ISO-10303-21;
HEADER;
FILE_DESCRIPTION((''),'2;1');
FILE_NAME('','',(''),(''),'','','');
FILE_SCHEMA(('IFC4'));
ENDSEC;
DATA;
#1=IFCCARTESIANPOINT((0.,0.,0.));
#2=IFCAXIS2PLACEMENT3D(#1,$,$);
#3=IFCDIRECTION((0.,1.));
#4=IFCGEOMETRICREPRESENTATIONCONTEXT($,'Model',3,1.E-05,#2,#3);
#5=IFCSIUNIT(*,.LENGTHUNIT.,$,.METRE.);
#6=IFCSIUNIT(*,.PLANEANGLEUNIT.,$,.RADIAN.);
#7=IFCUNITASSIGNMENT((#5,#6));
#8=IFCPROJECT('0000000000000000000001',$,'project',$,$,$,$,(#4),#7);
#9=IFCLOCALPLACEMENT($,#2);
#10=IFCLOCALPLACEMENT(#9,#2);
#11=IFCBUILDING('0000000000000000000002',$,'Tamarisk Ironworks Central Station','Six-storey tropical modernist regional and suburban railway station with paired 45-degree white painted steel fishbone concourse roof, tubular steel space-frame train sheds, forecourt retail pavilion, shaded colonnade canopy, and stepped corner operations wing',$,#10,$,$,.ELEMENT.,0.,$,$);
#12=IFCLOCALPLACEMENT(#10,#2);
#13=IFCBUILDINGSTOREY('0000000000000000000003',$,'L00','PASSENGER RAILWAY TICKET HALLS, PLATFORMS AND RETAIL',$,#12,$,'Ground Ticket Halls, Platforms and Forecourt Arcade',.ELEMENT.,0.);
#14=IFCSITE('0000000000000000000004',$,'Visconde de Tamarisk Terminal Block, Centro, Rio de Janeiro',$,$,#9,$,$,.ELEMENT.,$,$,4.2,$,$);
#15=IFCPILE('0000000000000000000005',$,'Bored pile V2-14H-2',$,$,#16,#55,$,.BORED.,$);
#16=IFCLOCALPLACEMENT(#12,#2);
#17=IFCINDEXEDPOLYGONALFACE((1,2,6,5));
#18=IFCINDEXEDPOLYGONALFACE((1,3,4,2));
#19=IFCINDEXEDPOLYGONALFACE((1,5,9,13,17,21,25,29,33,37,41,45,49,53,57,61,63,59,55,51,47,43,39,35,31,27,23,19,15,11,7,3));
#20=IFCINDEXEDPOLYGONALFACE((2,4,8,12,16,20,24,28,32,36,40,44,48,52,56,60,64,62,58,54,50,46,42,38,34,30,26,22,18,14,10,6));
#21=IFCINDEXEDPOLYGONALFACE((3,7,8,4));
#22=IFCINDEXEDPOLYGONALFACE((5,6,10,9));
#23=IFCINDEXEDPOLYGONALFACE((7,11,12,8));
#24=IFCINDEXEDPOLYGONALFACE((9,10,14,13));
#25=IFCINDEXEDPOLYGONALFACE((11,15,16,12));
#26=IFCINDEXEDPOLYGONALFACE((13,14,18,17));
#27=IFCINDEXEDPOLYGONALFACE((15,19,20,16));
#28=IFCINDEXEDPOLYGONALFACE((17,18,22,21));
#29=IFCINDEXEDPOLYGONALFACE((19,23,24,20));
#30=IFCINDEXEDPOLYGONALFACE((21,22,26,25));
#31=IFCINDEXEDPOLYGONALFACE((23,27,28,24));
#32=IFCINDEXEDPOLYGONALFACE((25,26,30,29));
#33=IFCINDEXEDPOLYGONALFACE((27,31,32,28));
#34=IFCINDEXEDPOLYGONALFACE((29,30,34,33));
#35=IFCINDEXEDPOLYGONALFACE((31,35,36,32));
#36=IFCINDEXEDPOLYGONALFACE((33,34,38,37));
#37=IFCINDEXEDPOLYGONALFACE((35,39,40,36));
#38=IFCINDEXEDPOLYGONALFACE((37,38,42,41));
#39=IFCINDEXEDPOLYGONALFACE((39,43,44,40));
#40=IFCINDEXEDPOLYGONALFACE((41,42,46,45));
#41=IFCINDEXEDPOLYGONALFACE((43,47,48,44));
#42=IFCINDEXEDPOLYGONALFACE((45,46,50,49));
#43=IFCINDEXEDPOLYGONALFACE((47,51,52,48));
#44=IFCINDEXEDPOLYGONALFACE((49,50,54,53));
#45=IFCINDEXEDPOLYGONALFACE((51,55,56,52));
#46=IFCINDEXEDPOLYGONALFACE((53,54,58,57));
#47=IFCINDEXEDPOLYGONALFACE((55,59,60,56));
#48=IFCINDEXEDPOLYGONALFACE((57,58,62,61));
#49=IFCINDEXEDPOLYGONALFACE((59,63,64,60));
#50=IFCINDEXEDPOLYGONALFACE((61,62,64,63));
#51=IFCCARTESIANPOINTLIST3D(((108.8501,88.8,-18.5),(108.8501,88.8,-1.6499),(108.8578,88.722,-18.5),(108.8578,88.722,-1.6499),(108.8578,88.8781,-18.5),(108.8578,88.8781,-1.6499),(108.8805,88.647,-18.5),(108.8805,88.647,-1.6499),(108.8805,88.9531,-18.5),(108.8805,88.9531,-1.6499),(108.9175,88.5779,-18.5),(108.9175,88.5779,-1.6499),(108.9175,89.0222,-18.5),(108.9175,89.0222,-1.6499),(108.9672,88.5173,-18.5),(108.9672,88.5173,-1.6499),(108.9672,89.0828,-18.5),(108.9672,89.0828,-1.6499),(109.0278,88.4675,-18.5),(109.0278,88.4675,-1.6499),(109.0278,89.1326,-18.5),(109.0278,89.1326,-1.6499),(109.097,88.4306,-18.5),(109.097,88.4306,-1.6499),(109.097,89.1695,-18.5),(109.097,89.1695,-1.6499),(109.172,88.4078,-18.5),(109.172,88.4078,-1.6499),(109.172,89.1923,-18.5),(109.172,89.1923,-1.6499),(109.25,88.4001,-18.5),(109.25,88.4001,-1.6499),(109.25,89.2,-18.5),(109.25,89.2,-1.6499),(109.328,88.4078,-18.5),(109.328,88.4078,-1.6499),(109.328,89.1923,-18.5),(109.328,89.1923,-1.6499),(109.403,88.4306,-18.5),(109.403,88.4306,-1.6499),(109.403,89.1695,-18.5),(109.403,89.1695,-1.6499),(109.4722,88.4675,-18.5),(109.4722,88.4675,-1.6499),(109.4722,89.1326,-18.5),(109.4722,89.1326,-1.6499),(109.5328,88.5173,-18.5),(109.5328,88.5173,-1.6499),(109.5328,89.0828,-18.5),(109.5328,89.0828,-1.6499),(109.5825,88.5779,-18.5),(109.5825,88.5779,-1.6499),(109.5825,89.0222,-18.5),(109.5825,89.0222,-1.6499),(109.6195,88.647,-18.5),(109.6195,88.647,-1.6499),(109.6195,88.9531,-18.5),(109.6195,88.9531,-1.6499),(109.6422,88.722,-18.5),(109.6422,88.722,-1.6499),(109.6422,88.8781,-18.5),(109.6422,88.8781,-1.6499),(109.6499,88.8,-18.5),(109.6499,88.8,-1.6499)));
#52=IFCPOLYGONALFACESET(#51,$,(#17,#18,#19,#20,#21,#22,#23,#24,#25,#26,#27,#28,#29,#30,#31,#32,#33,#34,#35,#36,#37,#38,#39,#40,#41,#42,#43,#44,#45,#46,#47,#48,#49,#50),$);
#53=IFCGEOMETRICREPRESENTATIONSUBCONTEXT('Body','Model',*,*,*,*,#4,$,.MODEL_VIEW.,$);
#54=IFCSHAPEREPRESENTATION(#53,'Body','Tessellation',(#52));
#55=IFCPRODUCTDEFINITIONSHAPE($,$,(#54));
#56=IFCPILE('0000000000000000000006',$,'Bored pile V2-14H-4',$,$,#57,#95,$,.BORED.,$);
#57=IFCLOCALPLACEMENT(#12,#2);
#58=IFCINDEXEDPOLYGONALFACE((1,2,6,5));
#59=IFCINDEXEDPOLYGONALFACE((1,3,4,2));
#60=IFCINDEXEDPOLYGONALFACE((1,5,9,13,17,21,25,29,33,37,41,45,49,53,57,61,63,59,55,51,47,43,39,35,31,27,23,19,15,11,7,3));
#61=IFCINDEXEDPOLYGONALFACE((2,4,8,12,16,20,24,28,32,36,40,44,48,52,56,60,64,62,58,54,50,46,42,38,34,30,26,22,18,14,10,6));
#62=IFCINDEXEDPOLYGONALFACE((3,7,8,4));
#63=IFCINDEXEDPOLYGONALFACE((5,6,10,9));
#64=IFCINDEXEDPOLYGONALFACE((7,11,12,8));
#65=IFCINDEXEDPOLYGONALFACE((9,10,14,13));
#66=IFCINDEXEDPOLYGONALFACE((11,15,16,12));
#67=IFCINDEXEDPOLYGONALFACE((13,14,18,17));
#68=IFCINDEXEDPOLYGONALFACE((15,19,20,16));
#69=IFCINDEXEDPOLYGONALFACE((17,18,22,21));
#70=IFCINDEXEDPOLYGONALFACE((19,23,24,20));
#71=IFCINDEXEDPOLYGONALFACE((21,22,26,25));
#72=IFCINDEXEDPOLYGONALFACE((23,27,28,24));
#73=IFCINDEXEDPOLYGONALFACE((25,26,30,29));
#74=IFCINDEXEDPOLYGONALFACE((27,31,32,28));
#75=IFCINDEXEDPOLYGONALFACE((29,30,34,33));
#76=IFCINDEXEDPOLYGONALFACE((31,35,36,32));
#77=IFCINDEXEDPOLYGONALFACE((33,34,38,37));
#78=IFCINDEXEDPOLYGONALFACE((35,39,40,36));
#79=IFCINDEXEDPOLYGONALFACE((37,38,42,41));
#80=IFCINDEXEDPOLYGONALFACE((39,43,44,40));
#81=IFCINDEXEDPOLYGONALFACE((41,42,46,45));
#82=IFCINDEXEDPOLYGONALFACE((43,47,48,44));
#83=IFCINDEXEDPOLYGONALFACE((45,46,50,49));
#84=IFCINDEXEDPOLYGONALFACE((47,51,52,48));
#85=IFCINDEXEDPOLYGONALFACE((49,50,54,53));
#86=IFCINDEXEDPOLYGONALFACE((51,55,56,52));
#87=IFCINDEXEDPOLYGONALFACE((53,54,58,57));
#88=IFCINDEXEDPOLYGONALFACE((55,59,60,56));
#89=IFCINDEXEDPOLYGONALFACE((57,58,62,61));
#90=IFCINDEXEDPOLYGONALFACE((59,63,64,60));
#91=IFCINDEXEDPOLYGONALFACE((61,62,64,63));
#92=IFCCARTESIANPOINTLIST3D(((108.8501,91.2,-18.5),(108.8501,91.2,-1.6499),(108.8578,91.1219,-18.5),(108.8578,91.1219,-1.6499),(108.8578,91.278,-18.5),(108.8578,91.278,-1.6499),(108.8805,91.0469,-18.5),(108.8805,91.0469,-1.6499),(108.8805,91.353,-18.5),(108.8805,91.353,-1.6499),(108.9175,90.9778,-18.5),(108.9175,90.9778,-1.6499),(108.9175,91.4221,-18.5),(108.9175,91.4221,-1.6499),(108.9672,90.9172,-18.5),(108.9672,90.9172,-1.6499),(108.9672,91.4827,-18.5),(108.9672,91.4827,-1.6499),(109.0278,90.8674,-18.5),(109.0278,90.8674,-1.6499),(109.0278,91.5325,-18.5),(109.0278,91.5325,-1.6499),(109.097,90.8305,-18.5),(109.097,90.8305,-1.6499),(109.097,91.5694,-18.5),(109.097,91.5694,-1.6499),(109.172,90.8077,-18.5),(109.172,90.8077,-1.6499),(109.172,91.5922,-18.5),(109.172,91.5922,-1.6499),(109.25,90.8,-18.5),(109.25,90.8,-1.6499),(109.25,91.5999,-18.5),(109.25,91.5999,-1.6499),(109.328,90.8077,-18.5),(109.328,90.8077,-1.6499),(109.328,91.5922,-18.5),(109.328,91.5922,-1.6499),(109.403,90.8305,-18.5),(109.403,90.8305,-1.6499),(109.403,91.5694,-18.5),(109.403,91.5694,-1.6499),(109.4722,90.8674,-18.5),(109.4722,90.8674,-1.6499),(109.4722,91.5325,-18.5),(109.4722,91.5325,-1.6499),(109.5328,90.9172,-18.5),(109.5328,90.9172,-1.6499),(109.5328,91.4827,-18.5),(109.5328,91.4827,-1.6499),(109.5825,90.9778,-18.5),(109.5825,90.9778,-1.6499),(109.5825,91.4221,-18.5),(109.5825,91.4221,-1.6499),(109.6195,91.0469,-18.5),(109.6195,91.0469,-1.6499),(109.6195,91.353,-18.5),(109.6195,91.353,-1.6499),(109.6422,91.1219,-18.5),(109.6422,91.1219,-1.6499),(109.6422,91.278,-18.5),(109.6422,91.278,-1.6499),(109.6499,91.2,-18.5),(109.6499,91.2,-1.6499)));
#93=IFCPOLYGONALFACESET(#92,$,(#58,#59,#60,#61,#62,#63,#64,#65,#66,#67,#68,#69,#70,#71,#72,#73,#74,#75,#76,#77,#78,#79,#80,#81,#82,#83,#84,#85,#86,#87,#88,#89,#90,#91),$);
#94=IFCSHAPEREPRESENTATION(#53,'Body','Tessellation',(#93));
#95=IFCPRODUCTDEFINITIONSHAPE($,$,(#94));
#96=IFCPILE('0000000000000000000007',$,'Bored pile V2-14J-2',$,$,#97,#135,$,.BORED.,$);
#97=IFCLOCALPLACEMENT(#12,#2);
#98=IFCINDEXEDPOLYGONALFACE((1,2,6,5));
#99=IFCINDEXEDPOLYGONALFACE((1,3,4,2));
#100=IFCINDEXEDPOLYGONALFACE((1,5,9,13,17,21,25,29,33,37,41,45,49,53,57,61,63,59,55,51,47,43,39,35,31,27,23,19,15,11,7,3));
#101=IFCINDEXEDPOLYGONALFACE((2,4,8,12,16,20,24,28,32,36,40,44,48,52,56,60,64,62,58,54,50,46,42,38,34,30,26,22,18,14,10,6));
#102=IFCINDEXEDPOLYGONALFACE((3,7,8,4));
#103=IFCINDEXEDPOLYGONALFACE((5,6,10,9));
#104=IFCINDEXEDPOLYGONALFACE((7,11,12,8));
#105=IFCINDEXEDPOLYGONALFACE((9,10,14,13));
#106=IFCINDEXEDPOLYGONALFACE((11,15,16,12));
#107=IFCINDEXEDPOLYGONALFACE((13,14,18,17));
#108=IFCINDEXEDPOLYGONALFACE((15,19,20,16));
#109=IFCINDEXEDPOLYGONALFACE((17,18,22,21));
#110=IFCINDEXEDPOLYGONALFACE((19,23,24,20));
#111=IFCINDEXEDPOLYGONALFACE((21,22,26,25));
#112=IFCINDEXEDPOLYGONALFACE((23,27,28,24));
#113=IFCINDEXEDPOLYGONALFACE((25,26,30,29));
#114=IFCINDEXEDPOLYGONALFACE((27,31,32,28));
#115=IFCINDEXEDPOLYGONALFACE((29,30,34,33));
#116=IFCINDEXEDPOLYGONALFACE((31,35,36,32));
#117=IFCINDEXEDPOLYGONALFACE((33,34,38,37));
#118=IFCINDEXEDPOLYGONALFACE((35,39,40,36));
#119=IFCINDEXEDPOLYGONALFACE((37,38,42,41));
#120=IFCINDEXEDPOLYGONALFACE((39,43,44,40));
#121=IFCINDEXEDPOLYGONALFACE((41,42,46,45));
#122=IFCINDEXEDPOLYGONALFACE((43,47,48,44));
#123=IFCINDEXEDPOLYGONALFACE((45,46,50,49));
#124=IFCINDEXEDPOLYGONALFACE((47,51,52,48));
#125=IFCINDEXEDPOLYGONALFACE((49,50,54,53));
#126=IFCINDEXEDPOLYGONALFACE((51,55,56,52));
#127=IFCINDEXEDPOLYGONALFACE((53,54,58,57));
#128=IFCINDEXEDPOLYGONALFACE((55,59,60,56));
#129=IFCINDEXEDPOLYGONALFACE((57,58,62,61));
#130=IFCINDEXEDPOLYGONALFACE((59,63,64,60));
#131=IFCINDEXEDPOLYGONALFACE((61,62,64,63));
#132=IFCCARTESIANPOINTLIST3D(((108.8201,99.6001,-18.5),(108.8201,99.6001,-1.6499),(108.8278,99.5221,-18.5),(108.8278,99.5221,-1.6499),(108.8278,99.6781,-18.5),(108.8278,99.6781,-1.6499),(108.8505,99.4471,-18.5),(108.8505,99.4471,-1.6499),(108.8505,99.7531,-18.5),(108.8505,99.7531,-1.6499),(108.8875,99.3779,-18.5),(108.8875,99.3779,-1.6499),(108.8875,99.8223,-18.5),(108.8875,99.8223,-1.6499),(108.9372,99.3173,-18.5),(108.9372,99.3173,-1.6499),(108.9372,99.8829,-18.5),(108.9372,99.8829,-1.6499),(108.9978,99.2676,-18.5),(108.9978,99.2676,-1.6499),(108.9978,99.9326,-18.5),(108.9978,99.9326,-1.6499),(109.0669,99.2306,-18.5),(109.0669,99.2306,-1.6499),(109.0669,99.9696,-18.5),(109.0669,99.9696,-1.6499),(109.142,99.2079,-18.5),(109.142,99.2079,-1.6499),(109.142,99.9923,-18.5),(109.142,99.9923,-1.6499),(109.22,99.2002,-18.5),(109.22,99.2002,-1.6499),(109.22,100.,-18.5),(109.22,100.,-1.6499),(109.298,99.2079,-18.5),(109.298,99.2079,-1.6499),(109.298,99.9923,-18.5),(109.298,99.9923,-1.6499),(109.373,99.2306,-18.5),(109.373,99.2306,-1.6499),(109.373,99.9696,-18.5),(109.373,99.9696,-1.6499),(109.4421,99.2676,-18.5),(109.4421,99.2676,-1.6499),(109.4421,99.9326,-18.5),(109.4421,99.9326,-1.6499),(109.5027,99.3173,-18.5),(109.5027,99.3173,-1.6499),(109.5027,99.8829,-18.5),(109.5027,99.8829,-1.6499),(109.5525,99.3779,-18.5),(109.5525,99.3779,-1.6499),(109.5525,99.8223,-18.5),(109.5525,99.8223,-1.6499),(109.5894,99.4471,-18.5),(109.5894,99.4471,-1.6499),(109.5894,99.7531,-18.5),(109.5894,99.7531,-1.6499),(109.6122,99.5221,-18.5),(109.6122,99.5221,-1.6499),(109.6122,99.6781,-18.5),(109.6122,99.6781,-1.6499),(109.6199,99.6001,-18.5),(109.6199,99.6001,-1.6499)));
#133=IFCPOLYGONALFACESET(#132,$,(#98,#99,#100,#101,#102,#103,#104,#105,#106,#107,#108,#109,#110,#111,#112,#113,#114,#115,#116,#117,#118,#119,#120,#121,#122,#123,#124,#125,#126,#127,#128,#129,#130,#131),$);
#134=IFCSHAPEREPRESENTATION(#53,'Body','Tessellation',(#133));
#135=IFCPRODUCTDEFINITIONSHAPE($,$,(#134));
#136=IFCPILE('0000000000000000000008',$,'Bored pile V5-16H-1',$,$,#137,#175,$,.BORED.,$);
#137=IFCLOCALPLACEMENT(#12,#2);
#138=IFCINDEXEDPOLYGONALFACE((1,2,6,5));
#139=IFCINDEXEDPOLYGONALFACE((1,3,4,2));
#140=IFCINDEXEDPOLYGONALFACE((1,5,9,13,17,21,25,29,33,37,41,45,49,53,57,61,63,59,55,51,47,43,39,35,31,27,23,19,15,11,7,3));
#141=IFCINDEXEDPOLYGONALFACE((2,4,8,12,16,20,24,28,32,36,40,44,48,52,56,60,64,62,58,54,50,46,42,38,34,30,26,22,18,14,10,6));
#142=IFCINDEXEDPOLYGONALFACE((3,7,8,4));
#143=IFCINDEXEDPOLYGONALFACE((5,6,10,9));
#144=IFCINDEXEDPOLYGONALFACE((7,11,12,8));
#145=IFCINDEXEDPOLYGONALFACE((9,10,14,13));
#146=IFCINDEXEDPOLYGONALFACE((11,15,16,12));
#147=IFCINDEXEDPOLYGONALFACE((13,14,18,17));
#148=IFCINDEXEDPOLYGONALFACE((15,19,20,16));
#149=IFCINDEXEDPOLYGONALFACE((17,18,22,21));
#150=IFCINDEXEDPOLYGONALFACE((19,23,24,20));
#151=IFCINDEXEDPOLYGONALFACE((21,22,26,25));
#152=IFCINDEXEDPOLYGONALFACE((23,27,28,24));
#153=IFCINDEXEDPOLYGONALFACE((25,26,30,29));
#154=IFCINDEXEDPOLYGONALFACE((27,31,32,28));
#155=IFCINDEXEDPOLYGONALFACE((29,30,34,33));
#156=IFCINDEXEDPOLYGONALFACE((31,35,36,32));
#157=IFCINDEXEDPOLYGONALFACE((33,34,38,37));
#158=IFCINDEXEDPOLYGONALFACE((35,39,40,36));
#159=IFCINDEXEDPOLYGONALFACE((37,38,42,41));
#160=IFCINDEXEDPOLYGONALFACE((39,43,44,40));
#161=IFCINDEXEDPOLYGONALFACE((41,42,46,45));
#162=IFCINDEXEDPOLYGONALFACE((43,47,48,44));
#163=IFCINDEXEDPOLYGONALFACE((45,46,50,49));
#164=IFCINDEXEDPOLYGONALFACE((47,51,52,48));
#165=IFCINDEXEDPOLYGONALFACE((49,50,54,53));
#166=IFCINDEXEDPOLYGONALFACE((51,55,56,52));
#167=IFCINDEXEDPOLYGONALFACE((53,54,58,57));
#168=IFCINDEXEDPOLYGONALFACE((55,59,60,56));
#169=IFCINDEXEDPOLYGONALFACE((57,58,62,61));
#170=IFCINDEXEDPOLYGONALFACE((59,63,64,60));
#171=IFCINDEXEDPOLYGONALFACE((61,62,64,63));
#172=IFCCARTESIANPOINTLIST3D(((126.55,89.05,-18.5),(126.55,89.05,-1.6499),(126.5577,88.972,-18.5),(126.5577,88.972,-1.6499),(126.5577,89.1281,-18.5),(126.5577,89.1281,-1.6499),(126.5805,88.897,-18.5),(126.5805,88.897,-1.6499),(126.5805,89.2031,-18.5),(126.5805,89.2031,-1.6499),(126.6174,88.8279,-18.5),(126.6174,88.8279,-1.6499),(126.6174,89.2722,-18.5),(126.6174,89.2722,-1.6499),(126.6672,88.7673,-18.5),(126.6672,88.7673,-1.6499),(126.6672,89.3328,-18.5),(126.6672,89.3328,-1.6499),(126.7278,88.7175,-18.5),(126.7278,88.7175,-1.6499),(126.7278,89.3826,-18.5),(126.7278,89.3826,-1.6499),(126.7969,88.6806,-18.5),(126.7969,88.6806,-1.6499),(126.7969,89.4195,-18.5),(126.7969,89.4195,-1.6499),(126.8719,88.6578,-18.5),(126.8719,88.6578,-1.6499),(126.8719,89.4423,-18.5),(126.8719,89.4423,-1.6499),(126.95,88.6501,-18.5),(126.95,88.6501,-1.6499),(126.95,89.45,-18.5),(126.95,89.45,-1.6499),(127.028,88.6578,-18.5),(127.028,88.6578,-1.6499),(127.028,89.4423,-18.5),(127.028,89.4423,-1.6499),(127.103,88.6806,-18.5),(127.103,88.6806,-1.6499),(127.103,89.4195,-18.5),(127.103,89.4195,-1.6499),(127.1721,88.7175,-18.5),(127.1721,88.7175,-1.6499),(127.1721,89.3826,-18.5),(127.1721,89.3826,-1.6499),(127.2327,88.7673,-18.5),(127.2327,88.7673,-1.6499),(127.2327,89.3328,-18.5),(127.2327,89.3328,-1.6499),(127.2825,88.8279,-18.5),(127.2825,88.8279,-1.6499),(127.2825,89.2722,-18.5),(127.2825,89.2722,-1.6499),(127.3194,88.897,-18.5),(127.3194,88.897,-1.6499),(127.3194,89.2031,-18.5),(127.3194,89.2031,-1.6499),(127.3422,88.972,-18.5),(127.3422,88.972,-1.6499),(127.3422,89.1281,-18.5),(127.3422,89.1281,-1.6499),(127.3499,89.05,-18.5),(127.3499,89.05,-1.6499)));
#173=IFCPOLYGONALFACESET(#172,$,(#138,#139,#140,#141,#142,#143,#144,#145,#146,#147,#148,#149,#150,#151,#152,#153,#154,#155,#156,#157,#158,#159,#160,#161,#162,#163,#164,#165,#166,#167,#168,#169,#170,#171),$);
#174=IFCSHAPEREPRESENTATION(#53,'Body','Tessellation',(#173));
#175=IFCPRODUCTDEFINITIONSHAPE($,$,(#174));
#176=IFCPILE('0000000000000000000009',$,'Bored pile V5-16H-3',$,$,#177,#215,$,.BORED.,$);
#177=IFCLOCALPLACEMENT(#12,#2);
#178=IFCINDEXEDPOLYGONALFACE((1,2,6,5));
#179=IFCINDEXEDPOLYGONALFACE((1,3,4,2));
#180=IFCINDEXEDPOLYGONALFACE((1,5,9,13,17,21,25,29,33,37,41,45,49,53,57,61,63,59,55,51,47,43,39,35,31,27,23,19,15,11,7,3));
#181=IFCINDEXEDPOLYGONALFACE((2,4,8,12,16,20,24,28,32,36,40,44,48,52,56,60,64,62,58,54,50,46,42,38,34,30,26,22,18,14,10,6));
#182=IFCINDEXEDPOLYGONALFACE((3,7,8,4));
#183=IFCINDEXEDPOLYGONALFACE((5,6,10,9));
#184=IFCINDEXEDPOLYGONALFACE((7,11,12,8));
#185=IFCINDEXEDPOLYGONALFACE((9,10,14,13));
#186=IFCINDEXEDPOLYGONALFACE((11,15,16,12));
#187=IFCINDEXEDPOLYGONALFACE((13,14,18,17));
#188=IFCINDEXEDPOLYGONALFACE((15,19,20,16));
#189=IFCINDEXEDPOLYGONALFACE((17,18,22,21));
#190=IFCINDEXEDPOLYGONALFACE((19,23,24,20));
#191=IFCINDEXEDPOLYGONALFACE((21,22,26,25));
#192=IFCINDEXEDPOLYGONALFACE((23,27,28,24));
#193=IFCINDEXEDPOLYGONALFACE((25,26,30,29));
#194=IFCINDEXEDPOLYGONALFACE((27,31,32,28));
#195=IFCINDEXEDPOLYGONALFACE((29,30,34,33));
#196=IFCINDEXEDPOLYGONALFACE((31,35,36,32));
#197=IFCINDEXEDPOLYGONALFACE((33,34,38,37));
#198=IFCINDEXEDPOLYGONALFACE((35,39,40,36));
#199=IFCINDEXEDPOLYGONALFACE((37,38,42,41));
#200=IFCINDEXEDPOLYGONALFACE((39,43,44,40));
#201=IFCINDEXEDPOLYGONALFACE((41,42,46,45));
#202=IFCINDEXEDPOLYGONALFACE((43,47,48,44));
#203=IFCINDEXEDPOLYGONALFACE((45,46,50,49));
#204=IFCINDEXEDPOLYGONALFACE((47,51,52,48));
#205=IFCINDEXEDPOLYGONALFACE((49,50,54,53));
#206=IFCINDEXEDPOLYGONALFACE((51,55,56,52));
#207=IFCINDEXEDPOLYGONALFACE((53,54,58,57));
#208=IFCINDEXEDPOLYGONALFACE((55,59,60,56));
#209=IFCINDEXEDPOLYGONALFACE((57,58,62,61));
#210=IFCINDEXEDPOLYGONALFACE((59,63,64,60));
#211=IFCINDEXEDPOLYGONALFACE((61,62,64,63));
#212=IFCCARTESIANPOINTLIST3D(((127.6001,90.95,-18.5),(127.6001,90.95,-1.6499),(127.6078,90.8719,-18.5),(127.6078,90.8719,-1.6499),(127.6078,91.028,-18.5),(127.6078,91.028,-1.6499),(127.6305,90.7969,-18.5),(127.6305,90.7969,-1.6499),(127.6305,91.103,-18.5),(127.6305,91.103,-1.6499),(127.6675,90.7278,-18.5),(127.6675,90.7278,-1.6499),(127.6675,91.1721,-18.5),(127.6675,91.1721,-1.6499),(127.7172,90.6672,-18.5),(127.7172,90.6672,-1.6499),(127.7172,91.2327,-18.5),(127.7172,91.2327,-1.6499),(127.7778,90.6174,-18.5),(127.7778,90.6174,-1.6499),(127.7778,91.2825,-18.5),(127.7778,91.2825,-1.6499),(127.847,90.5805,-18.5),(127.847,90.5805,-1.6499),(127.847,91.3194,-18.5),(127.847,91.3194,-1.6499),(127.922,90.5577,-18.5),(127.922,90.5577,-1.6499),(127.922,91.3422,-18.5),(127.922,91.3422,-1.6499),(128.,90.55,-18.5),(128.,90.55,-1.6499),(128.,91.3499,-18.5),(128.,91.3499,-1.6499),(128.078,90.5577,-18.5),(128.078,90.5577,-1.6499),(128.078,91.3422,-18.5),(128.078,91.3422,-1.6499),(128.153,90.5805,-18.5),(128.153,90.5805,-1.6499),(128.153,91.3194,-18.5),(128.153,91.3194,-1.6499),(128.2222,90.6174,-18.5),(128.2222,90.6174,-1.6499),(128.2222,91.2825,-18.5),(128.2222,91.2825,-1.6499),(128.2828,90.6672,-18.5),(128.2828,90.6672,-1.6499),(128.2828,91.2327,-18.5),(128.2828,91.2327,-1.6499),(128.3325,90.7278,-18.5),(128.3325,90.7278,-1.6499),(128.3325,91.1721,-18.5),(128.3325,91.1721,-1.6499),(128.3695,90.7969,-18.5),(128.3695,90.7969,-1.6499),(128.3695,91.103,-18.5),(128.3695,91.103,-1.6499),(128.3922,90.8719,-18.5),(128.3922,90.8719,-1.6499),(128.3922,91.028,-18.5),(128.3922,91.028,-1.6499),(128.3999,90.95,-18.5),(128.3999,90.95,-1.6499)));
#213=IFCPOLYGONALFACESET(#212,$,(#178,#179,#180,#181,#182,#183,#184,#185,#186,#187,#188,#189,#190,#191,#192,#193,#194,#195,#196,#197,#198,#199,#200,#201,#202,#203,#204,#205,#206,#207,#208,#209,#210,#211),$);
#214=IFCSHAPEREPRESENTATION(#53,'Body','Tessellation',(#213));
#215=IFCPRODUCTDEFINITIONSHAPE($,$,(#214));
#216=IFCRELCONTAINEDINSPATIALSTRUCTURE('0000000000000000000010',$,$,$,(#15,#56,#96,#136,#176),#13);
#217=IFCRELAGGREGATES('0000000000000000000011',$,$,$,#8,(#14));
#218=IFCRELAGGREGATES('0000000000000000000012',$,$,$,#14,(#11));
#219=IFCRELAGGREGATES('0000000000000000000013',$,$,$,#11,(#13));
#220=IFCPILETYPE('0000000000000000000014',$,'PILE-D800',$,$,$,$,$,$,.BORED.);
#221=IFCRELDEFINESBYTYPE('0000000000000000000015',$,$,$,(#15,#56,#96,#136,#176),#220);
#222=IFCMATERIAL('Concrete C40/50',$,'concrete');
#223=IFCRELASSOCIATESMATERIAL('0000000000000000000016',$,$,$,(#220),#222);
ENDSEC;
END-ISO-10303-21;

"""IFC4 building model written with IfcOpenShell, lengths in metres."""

from ifc_helpers import new_model, si_unit, direction, frame, origin, origin_2d, place, context, subcontext, project, spatial, circle, extrude, material, material_profile, profile_set, type_object, element, save


model = new_model("IFC4")

# Units and contexts
model_context = context("Model", 3, precision=1e-05, world=origin(), true_north=direction((0.0, 1.0)))
body_context = subcontext(model_context, "Body", "Model", "MODEL_VIEW")
ifc_project = project(units=[si_unit("LENGTHUNIT", "METRE"), si_unit("PLANEANGLEUNIT", "RADIAN")], contexts=[model_context])

# Site, building, storey
site_placement = place(None, origin())
site = spatial("IfcSite", under=ifc_project, at=site_placement, Name="Visconde de Tamarisk Terminal Block, Centro, Rio de Janeiro", CompositionType="ELEMENT", RefElevation=4.2)
building_placement = place(site_placement, origin())
building = spatial("IfcBuilding", under=site, at=building_placement, Name="Tamarisk Ironworks Central Station", Description="Six-storey tropical modernist regional and suburban railway station with paired 45-degree white painted steel fishbone concourse roof, tubular steel space-frame train sheds, forecourt retail pavilion, shaded colonnade canopy, and stepped corner operations wing", CompositionType="ELEMENT", ElevationOfRefHeight=0.0)
storey_placement = place(building_placement, origin())
storey = spatial("IfcBuildingStorey", under=building, at=storey_placement, Name="L00", Description="PASSENGER RAILWAY TICKET HALLS, PLATFORMS AND RETAIL", LongName="Ground Ticket Halls, Platforms and Forecourt Arcade", CompositionType="ELEMENT", Elevation=0.0)

# Shared definitions
ifc_material_1 = material(Name="Concrete C40/50", Category="concrete")

# Piles
ifc_material_profile_1 = material_profile(ifc_material_1, circle(Radius=0.3999, at=origin_2d()), Name="BORED PILE D800")
ifc_profile_set_1 = profile_set([ifc_material_profile_1], Name="Concrete C40/50")
pile_type_1 = type_object("IfcPileType", Name="PILE-D800", PredefinedType="BORED", material=ifc_profile_set_1)
for number, where, z_axis, x_axis, name in (
    (1, (109.25, 88.8, -1.6499), (0.0, 0.0, -1.0), (1.0, 0.0, 0.0), "Bored pile V2-14H-2"),
    (2, (109.25, 91.2, -1.6499), (0.0, 0.0, -1.0), (1.0, 0.0, 0.0), "Bored pile V2-14H-4"),
    (3, (109.22, 99.6001, -1.6499), (0.0, 0.0, -1.0), (1.0, 0.0, 0.0), "Bored pile V2-14J-2"),
    (4, (126.95, 89.05, -1.6499), (0.0, 0.0, -1.0), (1.0, 0.0, 0.0), "Bored pile V5-16H-1"),
    (5, (128.0, 90.95, -1.6499), (0.0, 0.0, -1.0), (1.0, 0.0, 0.0), "Bored pile V5-16H-3"),
):
    element("IfcPile", number, at=place(storey_placement, frame(where, z_axis=z_axis, x_axis=x_axis)), inside=storey, type_object=pile_type_1, Name=name, PredefinedType="BORED", context=body_context, shape_type="SweptSolid", body=[
        extrude(circle(Radius=0.3999, at=origin_2d()), origin(), (0.0, 0.0, 1.0), 16.8501),
    ])

save(model, "model.ifc")
